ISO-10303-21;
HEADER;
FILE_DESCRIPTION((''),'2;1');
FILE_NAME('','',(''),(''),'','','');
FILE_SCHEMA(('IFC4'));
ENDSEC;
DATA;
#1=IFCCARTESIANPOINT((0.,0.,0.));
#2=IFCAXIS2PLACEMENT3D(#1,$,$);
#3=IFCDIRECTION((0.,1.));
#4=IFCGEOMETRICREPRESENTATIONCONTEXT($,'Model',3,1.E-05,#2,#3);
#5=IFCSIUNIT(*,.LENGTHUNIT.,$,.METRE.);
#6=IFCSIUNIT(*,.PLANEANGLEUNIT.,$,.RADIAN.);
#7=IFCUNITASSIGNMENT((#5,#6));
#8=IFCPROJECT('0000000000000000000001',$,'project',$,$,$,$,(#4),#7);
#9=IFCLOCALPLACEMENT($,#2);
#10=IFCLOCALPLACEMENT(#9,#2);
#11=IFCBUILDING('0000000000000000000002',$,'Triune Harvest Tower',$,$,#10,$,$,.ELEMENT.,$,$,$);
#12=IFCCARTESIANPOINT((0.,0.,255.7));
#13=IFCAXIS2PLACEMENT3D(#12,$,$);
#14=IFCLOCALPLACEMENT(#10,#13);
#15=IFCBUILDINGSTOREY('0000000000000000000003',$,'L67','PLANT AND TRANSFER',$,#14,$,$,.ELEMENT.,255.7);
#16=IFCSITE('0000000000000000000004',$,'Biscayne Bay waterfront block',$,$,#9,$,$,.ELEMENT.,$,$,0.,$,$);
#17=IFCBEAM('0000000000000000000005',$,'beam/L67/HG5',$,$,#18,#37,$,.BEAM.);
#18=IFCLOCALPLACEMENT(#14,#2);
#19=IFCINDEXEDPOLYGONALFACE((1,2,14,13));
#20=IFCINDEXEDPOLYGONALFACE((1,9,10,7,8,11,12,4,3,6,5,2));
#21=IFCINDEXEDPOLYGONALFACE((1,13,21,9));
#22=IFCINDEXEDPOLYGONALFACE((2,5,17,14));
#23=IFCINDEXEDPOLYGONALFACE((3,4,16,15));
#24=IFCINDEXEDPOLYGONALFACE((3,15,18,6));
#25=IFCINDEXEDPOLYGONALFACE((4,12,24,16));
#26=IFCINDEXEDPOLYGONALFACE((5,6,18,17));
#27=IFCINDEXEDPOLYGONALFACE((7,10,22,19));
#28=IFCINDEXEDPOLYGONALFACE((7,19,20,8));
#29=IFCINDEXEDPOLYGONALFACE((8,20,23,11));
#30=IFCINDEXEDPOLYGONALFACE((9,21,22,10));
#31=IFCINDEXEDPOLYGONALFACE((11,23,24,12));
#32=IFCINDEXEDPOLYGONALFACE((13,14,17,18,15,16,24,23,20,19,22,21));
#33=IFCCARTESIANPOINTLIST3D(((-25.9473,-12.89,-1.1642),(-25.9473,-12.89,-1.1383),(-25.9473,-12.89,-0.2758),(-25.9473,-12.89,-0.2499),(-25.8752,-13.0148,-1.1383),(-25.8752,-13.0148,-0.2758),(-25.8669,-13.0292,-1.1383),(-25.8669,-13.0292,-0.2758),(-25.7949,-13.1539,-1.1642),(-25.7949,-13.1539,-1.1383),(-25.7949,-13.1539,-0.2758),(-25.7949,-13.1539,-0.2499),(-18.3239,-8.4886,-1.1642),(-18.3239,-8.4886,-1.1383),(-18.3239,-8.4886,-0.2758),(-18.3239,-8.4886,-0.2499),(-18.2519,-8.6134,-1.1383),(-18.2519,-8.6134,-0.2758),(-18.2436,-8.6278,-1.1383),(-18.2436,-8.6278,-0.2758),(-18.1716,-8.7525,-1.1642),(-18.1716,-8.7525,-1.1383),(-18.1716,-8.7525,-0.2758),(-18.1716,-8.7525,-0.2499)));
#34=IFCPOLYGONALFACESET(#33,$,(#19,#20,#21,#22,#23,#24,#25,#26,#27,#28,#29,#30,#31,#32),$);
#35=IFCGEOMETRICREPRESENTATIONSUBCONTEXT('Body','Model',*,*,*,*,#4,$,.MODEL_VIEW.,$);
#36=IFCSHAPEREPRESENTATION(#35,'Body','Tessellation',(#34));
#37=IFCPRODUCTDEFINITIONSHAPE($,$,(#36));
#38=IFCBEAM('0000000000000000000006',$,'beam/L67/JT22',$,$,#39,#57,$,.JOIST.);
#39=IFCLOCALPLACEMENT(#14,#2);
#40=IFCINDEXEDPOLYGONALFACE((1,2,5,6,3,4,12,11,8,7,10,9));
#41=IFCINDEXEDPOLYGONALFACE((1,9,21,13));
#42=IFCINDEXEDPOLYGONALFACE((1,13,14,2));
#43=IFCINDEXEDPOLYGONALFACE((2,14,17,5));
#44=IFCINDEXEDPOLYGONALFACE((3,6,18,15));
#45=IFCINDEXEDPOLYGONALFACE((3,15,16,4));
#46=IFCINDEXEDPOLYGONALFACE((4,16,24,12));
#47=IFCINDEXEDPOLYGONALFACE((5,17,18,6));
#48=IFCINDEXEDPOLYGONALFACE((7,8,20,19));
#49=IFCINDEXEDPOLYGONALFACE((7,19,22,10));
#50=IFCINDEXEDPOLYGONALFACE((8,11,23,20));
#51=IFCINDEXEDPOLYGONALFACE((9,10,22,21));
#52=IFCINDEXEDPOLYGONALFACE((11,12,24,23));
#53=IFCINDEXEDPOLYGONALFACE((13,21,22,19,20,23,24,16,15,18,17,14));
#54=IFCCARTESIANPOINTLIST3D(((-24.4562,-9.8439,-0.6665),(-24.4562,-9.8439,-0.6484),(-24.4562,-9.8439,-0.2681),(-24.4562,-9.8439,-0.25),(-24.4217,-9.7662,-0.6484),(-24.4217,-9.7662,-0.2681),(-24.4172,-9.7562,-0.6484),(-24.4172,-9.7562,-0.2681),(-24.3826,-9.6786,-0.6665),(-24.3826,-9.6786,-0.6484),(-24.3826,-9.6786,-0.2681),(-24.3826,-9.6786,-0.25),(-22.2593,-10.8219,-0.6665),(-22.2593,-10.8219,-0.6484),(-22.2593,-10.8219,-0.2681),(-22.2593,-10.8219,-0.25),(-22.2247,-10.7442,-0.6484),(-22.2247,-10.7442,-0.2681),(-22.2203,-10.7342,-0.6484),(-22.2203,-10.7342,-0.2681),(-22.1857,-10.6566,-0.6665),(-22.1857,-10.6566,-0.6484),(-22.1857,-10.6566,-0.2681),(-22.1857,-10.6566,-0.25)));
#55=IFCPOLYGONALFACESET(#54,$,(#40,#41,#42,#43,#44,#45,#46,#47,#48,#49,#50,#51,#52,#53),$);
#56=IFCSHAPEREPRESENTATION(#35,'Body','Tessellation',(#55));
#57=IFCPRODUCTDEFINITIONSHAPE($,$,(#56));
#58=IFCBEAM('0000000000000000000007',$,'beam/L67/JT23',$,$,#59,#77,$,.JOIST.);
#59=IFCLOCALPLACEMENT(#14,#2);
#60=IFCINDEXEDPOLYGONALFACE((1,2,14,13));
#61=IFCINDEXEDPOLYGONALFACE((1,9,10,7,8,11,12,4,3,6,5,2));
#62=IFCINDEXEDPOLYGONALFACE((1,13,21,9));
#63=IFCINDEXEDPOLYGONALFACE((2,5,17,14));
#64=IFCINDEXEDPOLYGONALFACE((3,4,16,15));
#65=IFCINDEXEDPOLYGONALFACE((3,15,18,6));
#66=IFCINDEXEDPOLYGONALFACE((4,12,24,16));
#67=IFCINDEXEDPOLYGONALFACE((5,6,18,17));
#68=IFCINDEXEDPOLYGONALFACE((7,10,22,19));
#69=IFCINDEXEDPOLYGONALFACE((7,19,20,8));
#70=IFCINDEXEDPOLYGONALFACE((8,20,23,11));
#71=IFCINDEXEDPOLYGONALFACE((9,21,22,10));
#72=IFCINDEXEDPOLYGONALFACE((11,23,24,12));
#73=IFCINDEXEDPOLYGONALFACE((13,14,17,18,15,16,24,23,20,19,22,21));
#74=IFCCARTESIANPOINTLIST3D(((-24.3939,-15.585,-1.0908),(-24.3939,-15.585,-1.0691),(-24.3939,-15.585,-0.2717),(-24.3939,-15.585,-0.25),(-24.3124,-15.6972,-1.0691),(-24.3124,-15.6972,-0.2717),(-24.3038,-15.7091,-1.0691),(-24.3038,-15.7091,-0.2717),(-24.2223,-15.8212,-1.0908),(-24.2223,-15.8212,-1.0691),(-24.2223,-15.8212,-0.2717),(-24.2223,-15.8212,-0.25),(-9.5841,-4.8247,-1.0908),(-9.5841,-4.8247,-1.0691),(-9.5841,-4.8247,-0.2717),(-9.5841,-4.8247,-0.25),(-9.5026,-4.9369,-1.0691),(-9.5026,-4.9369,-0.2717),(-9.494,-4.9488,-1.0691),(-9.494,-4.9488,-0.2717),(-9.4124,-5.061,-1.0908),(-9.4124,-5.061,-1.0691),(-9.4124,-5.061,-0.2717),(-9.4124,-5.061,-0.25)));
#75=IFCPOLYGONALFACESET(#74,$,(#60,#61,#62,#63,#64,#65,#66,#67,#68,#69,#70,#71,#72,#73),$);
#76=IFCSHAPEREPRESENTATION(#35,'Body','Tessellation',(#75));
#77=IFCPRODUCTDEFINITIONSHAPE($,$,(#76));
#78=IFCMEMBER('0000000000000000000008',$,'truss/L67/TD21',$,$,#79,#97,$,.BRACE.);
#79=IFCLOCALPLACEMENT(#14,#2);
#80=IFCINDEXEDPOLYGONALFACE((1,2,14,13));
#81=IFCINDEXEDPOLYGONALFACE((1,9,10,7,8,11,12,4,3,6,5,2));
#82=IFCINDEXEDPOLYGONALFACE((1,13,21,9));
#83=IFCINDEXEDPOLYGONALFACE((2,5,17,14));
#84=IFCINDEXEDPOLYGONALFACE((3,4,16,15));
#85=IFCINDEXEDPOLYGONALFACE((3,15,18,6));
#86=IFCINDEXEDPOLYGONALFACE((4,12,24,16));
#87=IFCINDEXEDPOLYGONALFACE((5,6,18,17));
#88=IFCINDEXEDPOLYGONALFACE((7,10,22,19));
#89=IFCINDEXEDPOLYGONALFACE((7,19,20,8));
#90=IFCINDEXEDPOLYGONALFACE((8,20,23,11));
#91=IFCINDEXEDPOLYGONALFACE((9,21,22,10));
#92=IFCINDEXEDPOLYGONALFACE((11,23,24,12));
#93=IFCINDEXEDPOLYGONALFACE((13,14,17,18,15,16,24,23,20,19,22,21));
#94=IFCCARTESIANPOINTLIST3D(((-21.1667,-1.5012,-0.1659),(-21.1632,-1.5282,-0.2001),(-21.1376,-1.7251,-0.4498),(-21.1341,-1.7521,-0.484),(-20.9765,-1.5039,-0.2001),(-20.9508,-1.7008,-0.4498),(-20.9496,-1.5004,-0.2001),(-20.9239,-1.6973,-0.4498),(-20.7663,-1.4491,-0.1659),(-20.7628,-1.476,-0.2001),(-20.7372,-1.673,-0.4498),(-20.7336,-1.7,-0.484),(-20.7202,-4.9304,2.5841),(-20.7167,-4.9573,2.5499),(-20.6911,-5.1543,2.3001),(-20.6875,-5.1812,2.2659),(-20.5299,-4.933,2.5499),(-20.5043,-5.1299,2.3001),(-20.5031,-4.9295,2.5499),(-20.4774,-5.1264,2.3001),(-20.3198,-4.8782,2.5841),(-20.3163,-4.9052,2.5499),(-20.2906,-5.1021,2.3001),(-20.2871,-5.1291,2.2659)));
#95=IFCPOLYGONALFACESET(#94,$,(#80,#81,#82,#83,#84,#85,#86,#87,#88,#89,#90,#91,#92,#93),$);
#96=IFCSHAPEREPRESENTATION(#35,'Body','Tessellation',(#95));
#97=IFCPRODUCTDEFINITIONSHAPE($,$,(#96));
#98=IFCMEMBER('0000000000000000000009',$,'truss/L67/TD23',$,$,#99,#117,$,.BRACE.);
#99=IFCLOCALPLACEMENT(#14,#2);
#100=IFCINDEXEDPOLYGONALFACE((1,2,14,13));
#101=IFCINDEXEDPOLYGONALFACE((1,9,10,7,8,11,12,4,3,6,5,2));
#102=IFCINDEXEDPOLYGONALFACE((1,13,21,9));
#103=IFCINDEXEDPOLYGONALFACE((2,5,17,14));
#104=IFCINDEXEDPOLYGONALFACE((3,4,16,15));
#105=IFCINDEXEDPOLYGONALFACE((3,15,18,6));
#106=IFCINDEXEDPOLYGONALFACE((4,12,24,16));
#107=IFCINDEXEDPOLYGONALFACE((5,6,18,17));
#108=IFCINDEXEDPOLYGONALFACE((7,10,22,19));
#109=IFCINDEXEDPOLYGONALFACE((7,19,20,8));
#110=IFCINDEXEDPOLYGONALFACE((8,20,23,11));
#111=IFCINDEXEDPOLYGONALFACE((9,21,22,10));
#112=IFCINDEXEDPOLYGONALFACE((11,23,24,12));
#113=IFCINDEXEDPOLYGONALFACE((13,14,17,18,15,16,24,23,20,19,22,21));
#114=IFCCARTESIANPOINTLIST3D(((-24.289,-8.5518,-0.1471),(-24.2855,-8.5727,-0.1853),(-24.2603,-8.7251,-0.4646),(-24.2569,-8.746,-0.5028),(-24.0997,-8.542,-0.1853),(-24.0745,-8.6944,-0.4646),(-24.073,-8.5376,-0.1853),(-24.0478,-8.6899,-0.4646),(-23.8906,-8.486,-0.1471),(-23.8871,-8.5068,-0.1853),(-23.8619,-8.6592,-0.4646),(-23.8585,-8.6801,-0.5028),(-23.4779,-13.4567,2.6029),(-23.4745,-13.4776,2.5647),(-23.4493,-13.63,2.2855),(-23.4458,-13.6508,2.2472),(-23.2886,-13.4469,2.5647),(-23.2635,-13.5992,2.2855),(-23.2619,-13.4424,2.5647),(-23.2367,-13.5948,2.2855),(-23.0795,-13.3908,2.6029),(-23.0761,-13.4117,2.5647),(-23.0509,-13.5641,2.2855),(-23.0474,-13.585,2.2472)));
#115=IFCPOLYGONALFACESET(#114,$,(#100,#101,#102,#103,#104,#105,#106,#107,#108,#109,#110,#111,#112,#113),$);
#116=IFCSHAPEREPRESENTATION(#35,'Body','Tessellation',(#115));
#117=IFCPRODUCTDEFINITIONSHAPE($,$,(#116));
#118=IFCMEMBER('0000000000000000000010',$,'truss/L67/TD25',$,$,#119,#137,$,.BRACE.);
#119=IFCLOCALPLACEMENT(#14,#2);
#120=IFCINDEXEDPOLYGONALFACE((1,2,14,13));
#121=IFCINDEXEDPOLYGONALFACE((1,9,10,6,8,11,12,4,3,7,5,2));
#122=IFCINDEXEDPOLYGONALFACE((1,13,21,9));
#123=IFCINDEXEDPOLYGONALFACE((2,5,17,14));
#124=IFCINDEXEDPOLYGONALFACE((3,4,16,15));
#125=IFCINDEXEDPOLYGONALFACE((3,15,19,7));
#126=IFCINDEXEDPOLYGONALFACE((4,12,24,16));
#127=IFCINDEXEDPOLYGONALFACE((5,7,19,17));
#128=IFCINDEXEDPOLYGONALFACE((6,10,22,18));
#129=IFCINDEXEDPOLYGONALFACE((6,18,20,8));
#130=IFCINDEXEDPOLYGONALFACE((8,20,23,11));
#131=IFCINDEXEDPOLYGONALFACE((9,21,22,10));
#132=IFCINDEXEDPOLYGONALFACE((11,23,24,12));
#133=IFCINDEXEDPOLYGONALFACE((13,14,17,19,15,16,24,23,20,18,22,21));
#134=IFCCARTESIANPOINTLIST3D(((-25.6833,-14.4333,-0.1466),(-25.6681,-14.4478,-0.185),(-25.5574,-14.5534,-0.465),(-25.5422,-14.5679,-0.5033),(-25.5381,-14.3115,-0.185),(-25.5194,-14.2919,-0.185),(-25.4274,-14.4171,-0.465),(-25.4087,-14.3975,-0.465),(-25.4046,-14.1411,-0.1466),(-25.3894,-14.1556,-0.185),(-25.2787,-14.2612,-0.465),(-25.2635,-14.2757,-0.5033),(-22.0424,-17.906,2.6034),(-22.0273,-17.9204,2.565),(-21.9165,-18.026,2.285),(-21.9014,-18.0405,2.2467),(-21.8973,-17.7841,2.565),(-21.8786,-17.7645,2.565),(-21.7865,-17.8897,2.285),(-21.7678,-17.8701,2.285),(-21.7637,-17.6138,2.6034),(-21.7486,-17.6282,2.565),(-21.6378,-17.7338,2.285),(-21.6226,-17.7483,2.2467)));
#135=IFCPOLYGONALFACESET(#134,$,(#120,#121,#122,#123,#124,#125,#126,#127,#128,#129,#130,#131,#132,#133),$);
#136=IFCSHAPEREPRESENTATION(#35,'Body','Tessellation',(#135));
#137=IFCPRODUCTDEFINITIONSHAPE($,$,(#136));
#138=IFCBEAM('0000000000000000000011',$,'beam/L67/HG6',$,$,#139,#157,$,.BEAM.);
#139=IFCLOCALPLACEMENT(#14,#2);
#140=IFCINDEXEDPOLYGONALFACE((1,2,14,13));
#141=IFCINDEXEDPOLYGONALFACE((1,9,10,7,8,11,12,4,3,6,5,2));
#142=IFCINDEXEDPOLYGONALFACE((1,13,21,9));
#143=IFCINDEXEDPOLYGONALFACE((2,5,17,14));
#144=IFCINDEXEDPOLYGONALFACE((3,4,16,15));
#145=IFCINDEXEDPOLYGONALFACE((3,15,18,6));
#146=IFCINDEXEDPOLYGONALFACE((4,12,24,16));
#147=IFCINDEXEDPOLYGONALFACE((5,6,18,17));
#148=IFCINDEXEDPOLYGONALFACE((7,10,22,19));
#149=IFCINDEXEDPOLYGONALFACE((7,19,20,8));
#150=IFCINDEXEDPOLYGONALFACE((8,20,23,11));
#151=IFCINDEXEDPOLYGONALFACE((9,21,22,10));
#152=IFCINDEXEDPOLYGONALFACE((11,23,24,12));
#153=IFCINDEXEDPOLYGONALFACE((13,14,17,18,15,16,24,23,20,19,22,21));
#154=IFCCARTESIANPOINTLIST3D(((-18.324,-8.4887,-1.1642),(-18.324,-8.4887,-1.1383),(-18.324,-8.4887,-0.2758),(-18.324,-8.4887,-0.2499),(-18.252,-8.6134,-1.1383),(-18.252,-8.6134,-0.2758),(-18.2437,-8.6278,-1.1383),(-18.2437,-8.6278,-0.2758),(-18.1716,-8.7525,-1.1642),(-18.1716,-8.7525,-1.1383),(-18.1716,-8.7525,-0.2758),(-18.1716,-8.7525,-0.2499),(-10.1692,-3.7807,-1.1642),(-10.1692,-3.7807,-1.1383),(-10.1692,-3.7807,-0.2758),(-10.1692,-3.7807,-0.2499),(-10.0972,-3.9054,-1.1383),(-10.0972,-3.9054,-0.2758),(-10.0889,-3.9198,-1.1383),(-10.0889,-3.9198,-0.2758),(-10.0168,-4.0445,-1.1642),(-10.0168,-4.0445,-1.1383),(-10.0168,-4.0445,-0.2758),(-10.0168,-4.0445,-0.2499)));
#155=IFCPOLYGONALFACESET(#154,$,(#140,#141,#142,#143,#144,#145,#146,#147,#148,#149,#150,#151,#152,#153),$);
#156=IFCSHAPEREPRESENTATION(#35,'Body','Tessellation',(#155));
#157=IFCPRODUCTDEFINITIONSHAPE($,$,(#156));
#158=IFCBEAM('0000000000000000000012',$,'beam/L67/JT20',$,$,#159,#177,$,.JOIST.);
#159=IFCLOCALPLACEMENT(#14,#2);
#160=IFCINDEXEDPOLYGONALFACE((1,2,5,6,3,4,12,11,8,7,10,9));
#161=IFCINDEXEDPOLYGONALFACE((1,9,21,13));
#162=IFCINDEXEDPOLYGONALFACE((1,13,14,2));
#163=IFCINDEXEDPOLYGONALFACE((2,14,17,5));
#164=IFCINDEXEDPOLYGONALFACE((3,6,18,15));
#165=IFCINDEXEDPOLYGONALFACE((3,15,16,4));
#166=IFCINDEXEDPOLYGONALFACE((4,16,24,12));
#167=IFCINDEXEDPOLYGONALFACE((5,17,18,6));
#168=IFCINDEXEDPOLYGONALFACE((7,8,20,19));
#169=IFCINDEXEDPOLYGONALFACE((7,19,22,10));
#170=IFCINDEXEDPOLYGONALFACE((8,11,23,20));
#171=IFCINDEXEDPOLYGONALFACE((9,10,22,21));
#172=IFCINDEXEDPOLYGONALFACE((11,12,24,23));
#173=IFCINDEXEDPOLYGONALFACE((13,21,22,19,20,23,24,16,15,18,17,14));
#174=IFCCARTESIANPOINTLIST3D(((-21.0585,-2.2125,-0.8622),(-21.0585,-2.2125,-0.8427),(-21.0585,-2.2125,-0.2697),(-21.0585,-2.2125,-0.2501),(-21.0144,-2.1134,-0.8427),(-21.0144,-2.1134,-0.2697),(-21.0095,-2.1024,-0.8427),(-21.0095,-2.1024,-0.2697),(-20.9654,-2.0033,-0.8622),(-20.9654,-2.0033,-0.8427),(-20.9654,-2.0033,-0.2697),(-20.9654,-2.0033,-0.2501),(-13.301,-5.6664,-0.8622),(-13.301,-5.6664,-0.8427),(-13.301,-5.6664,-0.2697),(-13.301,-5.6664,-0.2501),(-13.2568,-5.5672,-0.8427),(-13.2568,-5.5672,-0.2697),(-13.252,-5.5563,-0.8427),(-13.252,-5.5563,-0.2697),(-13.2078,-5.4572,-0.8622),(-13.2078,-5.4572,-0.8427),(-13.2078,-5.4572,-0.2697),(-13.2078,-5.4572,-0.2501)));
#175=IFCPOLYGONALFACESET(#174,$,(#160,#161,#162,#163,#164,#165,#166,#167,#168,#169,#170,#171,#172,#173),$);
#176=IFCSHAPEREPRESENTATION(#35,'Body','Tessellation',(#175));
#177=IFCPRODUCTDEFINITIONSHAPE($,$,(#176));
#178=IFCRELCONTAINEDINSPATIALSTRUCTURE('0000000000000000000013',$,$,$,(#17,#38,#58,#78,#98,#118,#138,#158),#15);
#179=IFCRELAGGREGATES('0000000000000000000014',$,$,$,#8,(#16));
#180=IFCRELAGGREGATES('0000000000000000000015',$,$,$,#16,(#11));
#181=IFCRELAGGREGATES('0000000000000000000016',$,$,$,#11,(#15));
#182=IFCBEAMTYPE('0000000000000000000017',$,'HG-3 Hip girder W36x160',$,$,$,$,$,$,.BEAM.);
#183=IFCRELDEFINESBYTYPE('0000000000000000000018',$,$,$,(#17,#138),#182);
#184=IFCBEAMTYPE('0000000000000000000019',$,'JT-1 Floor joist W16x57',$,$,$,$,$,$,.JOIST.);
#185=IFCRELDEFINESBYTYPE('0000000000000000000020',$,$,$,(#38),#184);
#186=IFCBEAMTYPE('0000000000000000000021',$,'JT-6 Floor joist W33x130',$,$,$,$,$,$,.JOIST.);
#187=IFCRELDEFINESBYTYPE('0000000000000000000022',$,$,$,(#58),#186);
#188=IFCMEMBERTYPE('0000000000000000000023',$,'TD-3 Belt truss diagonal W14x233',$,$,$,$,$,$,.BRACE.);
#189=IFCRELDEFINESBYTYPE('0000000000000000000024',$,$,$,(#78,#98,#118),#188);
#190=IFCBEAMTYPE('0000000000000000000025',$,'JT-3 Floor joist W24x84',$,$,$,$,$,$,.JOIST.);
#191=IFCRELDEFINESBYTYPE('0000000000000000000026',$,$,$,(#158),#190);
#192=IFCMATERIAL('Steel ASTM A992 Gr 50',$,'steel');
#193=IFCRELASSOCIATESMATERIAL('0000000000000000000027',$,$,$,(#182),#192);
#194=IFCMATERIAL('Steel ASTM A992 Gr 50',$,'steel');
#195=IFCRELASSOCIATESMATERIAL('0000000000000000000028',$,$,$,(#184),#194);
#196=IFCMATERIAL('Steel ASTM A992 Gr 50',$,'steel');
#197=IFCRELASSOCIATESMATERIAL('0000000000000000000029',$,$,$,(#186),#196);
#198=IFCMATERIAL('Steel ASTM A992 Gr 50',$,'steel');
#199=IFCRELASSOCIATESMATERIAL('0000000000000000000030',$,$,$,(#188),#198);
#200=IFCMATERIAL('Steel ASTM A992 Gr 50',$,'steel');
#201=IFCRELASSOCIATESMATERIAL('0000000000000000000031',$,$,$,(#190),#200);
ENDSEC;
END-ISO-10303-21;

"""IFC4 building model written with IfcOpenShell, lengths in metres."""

from ifc_helpers import new_model, si_unit, direction, frame, origin, origin_2d, place, context, subcontext, project, spatial, i_section, extrude, source, transform, mapped, material, material_profile, profile_set, type_object, element, save


model = new_model("IFC4")

# Units and contexts
model_context = context("Model", 3, precision=1e-05, world=origin(), true_north=direction((0.0, 1.0)))
body_context = subcontext(model_context, "Body", "Model", "MODEL_VIEW")
ifc_project = project(units=[si_unit("LENGTHUNIT", "METRE"), si_unit("PLANEANGLEUNIT", "RADIAN")], contexts=[model_context])

# Site, building, storey
site_placement = place(None, origin())
site = spatial("IfcSite", under=ifc_project, at=site_placement, Name="Biscayne Bay waterfront block", CompositionType="ELEMENT", RefElevation=0.0)
building_placement = place(site_placement, origin())
building = spatial("IfcBuilding", under=site, at=building_placement, Name="Triune Harvest Tower", CompositionType="ELEMENT")
storey_placement = place(building_placement, frame((0.0, 0.0, 255.7)))
storey = spatial("IfcBuildingStorey", under=building, at=storey_placement, Name="L67", Description="PLANT AND TRANSFER", CompositionType="ELEMENT", Elevation=255.7)

# Beams
ifc_material_1 = material(Name="Steel ASTM A992 Gr 50", Category="steel")
ifc_material_profile_1 = material_profile(ifc_material_1, i_section(OverallWidth=0.3047, OverallDepth=0.9143, WebThickness=0.0166, FlangeThickness=0.0259, at=origin_2d()), Name="W36x160")
ifc_profile_set_1 = profile_set([ifc_material_profile_1], Name="Steel ASTM A992 Gr 50")
beam_type_1 = type_object("IfcBeamType", Name="HG-3 Hip girder W36x160", PredefinedType="BEAM", material=ifc_profile_set_1)
beam_1_placement = place(storey_placement, frame((-25.8711, -13.022, -0.707), z_axis=(0.866023, 0.500005, 0.0), x_axis=(-0.500005, 0.866023, 0.0)))
element("IfcBeam", 1, at=beam_1_placement, inside=storey, type_object=beam_type_1, Name="beam/L67/HG5", PredefinedType="BEAM", context=body_context, shape_type="SweptSolid", body=[
    extrude(i_section(OverallWidth=0.3047, OverallDepth=0.9143, WebThickness=0.0166, FlangeThickness=0.0259, at=origin_2d()), origin(), (0.0, 0.0, 1.0), 8.8027),
])
ifc_material_2 = material(Name="Steel ASTM A992 Gr 50", Category="steel")
ifc_material_profile_2 = material_profile(ifc_material_2, i_section(OverallWidth=0.1809, OverallDepth=0.4165, WebThickness=0.011, FlangeThickness=0.0181, at=origin_2d()), Name="W16x57")
ifc_profile_set_2 = profile_set([ifc_material_profile_2], Name="Steel ASTM A992 Gr 50")
beam_type_2 = type_object("IfcBeamType", Name="JT-1 Floor joist W16x57", PredefinedType="JOIST", material=ifc_profile_set_2)
beam_2_placement = place(storey_placement, frame((-24.4194, -9.7612, -0.4583), z_axis=(0.913569, -0.406685, 0.0), x_axis=(0.406685, 0.913569, 0.0)))
element("IfcBeam", 2, at=beam_2_placement, inside=storey, type_object=beam_type_2, Name="beam/L67/JT22", PredefinedType="JOIST", context=body_context, shape_type="SweptSolid", body=[
    extrude(i_section(OverallWidth=0.1809, OverallDepth=0.4165, WebThickness=0.011, FlangeThickness=0.0181, at=origin_2d()), origin(), (0.0, 0.0, 1.0), 2.4048),
])
ifc_material_3 = material(Name="Steel ASTM A992 Gr 50", Category="steel")
ifc_material_profile_3 = material_profile(ifc_material_3, i_section(OverallWidth=0.292, OverallDepth=0.8408, WebThickness=0.0146, FlangeThickness=0.0217, at=origin_2d()), Name="W33x130")
ifc_profile_set_3 = profile_set([ifc_material_profile_3], Name="Steel ASTM A992 Gr 50")
beam_type_3 = type_object("IfcBeamType", Name="JT-6 Floor joist W33x130", PredefinedType="JOIST", material=ifc_profile_set_3)
beam_3_placement = place(storey_placement, frame((-24.3081, -15.7031, -0.6704), z_axis=(0.809009, 0.587796, 0.0), x_axis=(-0.587796, 0.809009, 0.0)))
element("IfcBeam", 3, at=beam_3_placement, inside=storey, type_object=beam_type_3, Name="beam/L67/JT23", PredefinedType="JOIST", context=body_context, shape_type="SweptSolid", body=[
    extrude(i_section(OverallWidth=0.292, OverallDepth=0.8408, WebThickness=0.0146, FlangeThickness=0.0217, at=origin_2d()), origin(), (0.0, 0.0, 1.0), 18.3062),
])

# Members
ifc_material_4 = material(Name="Steel ASTM A992 Gr 50", Category="steel")
ifc_material_profile_4 = material_profile(ifc_material_4, i_section(OverallWidth=0.4038, OverallDepth=0.4065, WebThickness=0.0271, FlangeThickness=0.0437, at=origin_2d()), Name="W14x233")
ifc_profile_set_4 = profile_set([ifc_material_profile_4], Name="Steel ASTM A992 Gr 50")
member_type_1 = type_object("IfcMemberType", Name="TD-3 Belt truss diagonal W14x233", PredefinedType="BRACE", material=ifc_profile_set_4)
member_1_placement = place(storey_placement, frame((-20.9502, -1.6006, -0.325), z_axis=(0.101065, -0.776137, 0.622413), x_axis=(0.991628, 0.129125, 0.0)))
element("IfcMember", 4, at=member_1_placement, inside=storey, type_object=member_type_1, Name="truss/L67/TD21", PredefinedType="BRACE", context=body_context, shape_type="SweptSolid", body=[
    extrude(i_section(OverallWidth=0.4038, OverallDepth=0.4065, WebThickness=0.0271, FlangeThickness=0.0437, at=origin_2d()), origin(), (0.0, 0.0, 1.0), 4.4182),
])
member_2_placement = place(storey_placement, frame((-24.0737, -8.616, -0.325), z_axis=(0.142755, -0.863321, 0.484044), x_axis=(0.986603, 0.163141, 0.0)))
element("IfcMember", 5, at=member_2_placement, inside=storey, type_object=member_type_1, Name="truss/L67/TD23", PredefinedType="BRACE", context=body_context, shape_type="SweptSolid", body=[
    extrude(i_section(OverallWidth=0.4038, OverallDepth=0.4065, WebThickness=0.0271, FlangeThickness=0.0437, at=origin_2d()), origin(), (0.0, 0.0, 1.0), 5.6814),
])
member_3_placement = place(storey_placement, frame((-25.4734, -14.3545, -0.325), z_axis=(0.634971, -0.605635, 0.479603), x_axis=(0.690193, 0.723625, 0.0)))
element("IfcMember", 6, at=member_3_placement, inside=storey, type_object=member_type_1, Name="truss/L67/TD25", PredefinedType="BRACE", context=body_context, shape_type="SweptSolid", body=[
    extrude(i_section(OverallWidth=0.4038, OverallDepth=0.4065, WebThickness=0.0271, FlangeThickness=0.0437, at=origin_2d()), origin(), (0.0, 0.0, 1.0), 5.7339),
])

# Beams
shared_shape_1 = source(origin(), body_context, "Body", "SweptSolid", [
    extrude(i_section(OverallWidth=0.3047, OverallDepth=0.9143, WebThickness=0.0166, FlangeThickness=0.0259, at=origin_2d()), origin(), (0.0, 0.0, 1.0), 9.4163),
])
beam_4_placement = place(storey_placement, frame((-18.2478, -8.6206, -0.707), z_axis=(0.866033, 0.499987, 0.0), x_axis=(-0.499987, 0.866033, 0.0)))
element("IfcBeam", 7, at=beam_4_placement, inside=storey, type_object=beam_type_1, Name="beam/L67/HG6", PredefinedType="BEAM", context=body_context, shape_type="MappedRepresentation", body=[
    mapped(shared_shape_1, transform((0.0, 0.0, 0.0), scale=1.0)),
])
ifc_material_5 = material(Name="Steel ASTM A992 Gr 50", Category="steel")
ifc_material_profile_5 = material_profile(ifc_material_5, i_section(OverallWidth=0.229, OverallDepth=0.6121, WebThickness=0.012, FlangeThickness=0.0195, at=origin_2d()), Name="W24x84")
ifc_profile_set_5 = profile_set([ifc_material_profile_5], Name="Steel ASTM A992 Gr 50")
beam_type_4 = type_object("IfcBeamType", Name="JT-3 Floor joist W24x84", PredefinedType="JOIST", material=ifc_profile_set_5)
shared_shape_2 = source(origin(), body_context, "Body", "SweptSolid", [
    extrude(i_section(OverallWidth=0.229, OverallDepth=0.6121, WebThickness=0.012, FlangeThickness=0.0195, at=origin_2d()), origin(), (0.0, 0.0, 1.0), 8.4917),
])
beam_5_placement = place(storey_placement, frame((-21.012, -2.1079, -0.5562), z_axis=(0.913547, -0.406733, 0.0), x_axis=(0.406733, 0.913547, 0.0)))
element("IfcBeam", 8, at=beam_5_placement, inside=storey, type_object=beam_type_4, Name="beam/L67/JT20", PredefinedType="JOIST", context=body_context, shape_type="MappedRepresentation", body=[
    mapped(shared_shape_2, transform((0.0, 0.0, 0.0), scale=1.0)),
])

save(model, "model.ifc")
